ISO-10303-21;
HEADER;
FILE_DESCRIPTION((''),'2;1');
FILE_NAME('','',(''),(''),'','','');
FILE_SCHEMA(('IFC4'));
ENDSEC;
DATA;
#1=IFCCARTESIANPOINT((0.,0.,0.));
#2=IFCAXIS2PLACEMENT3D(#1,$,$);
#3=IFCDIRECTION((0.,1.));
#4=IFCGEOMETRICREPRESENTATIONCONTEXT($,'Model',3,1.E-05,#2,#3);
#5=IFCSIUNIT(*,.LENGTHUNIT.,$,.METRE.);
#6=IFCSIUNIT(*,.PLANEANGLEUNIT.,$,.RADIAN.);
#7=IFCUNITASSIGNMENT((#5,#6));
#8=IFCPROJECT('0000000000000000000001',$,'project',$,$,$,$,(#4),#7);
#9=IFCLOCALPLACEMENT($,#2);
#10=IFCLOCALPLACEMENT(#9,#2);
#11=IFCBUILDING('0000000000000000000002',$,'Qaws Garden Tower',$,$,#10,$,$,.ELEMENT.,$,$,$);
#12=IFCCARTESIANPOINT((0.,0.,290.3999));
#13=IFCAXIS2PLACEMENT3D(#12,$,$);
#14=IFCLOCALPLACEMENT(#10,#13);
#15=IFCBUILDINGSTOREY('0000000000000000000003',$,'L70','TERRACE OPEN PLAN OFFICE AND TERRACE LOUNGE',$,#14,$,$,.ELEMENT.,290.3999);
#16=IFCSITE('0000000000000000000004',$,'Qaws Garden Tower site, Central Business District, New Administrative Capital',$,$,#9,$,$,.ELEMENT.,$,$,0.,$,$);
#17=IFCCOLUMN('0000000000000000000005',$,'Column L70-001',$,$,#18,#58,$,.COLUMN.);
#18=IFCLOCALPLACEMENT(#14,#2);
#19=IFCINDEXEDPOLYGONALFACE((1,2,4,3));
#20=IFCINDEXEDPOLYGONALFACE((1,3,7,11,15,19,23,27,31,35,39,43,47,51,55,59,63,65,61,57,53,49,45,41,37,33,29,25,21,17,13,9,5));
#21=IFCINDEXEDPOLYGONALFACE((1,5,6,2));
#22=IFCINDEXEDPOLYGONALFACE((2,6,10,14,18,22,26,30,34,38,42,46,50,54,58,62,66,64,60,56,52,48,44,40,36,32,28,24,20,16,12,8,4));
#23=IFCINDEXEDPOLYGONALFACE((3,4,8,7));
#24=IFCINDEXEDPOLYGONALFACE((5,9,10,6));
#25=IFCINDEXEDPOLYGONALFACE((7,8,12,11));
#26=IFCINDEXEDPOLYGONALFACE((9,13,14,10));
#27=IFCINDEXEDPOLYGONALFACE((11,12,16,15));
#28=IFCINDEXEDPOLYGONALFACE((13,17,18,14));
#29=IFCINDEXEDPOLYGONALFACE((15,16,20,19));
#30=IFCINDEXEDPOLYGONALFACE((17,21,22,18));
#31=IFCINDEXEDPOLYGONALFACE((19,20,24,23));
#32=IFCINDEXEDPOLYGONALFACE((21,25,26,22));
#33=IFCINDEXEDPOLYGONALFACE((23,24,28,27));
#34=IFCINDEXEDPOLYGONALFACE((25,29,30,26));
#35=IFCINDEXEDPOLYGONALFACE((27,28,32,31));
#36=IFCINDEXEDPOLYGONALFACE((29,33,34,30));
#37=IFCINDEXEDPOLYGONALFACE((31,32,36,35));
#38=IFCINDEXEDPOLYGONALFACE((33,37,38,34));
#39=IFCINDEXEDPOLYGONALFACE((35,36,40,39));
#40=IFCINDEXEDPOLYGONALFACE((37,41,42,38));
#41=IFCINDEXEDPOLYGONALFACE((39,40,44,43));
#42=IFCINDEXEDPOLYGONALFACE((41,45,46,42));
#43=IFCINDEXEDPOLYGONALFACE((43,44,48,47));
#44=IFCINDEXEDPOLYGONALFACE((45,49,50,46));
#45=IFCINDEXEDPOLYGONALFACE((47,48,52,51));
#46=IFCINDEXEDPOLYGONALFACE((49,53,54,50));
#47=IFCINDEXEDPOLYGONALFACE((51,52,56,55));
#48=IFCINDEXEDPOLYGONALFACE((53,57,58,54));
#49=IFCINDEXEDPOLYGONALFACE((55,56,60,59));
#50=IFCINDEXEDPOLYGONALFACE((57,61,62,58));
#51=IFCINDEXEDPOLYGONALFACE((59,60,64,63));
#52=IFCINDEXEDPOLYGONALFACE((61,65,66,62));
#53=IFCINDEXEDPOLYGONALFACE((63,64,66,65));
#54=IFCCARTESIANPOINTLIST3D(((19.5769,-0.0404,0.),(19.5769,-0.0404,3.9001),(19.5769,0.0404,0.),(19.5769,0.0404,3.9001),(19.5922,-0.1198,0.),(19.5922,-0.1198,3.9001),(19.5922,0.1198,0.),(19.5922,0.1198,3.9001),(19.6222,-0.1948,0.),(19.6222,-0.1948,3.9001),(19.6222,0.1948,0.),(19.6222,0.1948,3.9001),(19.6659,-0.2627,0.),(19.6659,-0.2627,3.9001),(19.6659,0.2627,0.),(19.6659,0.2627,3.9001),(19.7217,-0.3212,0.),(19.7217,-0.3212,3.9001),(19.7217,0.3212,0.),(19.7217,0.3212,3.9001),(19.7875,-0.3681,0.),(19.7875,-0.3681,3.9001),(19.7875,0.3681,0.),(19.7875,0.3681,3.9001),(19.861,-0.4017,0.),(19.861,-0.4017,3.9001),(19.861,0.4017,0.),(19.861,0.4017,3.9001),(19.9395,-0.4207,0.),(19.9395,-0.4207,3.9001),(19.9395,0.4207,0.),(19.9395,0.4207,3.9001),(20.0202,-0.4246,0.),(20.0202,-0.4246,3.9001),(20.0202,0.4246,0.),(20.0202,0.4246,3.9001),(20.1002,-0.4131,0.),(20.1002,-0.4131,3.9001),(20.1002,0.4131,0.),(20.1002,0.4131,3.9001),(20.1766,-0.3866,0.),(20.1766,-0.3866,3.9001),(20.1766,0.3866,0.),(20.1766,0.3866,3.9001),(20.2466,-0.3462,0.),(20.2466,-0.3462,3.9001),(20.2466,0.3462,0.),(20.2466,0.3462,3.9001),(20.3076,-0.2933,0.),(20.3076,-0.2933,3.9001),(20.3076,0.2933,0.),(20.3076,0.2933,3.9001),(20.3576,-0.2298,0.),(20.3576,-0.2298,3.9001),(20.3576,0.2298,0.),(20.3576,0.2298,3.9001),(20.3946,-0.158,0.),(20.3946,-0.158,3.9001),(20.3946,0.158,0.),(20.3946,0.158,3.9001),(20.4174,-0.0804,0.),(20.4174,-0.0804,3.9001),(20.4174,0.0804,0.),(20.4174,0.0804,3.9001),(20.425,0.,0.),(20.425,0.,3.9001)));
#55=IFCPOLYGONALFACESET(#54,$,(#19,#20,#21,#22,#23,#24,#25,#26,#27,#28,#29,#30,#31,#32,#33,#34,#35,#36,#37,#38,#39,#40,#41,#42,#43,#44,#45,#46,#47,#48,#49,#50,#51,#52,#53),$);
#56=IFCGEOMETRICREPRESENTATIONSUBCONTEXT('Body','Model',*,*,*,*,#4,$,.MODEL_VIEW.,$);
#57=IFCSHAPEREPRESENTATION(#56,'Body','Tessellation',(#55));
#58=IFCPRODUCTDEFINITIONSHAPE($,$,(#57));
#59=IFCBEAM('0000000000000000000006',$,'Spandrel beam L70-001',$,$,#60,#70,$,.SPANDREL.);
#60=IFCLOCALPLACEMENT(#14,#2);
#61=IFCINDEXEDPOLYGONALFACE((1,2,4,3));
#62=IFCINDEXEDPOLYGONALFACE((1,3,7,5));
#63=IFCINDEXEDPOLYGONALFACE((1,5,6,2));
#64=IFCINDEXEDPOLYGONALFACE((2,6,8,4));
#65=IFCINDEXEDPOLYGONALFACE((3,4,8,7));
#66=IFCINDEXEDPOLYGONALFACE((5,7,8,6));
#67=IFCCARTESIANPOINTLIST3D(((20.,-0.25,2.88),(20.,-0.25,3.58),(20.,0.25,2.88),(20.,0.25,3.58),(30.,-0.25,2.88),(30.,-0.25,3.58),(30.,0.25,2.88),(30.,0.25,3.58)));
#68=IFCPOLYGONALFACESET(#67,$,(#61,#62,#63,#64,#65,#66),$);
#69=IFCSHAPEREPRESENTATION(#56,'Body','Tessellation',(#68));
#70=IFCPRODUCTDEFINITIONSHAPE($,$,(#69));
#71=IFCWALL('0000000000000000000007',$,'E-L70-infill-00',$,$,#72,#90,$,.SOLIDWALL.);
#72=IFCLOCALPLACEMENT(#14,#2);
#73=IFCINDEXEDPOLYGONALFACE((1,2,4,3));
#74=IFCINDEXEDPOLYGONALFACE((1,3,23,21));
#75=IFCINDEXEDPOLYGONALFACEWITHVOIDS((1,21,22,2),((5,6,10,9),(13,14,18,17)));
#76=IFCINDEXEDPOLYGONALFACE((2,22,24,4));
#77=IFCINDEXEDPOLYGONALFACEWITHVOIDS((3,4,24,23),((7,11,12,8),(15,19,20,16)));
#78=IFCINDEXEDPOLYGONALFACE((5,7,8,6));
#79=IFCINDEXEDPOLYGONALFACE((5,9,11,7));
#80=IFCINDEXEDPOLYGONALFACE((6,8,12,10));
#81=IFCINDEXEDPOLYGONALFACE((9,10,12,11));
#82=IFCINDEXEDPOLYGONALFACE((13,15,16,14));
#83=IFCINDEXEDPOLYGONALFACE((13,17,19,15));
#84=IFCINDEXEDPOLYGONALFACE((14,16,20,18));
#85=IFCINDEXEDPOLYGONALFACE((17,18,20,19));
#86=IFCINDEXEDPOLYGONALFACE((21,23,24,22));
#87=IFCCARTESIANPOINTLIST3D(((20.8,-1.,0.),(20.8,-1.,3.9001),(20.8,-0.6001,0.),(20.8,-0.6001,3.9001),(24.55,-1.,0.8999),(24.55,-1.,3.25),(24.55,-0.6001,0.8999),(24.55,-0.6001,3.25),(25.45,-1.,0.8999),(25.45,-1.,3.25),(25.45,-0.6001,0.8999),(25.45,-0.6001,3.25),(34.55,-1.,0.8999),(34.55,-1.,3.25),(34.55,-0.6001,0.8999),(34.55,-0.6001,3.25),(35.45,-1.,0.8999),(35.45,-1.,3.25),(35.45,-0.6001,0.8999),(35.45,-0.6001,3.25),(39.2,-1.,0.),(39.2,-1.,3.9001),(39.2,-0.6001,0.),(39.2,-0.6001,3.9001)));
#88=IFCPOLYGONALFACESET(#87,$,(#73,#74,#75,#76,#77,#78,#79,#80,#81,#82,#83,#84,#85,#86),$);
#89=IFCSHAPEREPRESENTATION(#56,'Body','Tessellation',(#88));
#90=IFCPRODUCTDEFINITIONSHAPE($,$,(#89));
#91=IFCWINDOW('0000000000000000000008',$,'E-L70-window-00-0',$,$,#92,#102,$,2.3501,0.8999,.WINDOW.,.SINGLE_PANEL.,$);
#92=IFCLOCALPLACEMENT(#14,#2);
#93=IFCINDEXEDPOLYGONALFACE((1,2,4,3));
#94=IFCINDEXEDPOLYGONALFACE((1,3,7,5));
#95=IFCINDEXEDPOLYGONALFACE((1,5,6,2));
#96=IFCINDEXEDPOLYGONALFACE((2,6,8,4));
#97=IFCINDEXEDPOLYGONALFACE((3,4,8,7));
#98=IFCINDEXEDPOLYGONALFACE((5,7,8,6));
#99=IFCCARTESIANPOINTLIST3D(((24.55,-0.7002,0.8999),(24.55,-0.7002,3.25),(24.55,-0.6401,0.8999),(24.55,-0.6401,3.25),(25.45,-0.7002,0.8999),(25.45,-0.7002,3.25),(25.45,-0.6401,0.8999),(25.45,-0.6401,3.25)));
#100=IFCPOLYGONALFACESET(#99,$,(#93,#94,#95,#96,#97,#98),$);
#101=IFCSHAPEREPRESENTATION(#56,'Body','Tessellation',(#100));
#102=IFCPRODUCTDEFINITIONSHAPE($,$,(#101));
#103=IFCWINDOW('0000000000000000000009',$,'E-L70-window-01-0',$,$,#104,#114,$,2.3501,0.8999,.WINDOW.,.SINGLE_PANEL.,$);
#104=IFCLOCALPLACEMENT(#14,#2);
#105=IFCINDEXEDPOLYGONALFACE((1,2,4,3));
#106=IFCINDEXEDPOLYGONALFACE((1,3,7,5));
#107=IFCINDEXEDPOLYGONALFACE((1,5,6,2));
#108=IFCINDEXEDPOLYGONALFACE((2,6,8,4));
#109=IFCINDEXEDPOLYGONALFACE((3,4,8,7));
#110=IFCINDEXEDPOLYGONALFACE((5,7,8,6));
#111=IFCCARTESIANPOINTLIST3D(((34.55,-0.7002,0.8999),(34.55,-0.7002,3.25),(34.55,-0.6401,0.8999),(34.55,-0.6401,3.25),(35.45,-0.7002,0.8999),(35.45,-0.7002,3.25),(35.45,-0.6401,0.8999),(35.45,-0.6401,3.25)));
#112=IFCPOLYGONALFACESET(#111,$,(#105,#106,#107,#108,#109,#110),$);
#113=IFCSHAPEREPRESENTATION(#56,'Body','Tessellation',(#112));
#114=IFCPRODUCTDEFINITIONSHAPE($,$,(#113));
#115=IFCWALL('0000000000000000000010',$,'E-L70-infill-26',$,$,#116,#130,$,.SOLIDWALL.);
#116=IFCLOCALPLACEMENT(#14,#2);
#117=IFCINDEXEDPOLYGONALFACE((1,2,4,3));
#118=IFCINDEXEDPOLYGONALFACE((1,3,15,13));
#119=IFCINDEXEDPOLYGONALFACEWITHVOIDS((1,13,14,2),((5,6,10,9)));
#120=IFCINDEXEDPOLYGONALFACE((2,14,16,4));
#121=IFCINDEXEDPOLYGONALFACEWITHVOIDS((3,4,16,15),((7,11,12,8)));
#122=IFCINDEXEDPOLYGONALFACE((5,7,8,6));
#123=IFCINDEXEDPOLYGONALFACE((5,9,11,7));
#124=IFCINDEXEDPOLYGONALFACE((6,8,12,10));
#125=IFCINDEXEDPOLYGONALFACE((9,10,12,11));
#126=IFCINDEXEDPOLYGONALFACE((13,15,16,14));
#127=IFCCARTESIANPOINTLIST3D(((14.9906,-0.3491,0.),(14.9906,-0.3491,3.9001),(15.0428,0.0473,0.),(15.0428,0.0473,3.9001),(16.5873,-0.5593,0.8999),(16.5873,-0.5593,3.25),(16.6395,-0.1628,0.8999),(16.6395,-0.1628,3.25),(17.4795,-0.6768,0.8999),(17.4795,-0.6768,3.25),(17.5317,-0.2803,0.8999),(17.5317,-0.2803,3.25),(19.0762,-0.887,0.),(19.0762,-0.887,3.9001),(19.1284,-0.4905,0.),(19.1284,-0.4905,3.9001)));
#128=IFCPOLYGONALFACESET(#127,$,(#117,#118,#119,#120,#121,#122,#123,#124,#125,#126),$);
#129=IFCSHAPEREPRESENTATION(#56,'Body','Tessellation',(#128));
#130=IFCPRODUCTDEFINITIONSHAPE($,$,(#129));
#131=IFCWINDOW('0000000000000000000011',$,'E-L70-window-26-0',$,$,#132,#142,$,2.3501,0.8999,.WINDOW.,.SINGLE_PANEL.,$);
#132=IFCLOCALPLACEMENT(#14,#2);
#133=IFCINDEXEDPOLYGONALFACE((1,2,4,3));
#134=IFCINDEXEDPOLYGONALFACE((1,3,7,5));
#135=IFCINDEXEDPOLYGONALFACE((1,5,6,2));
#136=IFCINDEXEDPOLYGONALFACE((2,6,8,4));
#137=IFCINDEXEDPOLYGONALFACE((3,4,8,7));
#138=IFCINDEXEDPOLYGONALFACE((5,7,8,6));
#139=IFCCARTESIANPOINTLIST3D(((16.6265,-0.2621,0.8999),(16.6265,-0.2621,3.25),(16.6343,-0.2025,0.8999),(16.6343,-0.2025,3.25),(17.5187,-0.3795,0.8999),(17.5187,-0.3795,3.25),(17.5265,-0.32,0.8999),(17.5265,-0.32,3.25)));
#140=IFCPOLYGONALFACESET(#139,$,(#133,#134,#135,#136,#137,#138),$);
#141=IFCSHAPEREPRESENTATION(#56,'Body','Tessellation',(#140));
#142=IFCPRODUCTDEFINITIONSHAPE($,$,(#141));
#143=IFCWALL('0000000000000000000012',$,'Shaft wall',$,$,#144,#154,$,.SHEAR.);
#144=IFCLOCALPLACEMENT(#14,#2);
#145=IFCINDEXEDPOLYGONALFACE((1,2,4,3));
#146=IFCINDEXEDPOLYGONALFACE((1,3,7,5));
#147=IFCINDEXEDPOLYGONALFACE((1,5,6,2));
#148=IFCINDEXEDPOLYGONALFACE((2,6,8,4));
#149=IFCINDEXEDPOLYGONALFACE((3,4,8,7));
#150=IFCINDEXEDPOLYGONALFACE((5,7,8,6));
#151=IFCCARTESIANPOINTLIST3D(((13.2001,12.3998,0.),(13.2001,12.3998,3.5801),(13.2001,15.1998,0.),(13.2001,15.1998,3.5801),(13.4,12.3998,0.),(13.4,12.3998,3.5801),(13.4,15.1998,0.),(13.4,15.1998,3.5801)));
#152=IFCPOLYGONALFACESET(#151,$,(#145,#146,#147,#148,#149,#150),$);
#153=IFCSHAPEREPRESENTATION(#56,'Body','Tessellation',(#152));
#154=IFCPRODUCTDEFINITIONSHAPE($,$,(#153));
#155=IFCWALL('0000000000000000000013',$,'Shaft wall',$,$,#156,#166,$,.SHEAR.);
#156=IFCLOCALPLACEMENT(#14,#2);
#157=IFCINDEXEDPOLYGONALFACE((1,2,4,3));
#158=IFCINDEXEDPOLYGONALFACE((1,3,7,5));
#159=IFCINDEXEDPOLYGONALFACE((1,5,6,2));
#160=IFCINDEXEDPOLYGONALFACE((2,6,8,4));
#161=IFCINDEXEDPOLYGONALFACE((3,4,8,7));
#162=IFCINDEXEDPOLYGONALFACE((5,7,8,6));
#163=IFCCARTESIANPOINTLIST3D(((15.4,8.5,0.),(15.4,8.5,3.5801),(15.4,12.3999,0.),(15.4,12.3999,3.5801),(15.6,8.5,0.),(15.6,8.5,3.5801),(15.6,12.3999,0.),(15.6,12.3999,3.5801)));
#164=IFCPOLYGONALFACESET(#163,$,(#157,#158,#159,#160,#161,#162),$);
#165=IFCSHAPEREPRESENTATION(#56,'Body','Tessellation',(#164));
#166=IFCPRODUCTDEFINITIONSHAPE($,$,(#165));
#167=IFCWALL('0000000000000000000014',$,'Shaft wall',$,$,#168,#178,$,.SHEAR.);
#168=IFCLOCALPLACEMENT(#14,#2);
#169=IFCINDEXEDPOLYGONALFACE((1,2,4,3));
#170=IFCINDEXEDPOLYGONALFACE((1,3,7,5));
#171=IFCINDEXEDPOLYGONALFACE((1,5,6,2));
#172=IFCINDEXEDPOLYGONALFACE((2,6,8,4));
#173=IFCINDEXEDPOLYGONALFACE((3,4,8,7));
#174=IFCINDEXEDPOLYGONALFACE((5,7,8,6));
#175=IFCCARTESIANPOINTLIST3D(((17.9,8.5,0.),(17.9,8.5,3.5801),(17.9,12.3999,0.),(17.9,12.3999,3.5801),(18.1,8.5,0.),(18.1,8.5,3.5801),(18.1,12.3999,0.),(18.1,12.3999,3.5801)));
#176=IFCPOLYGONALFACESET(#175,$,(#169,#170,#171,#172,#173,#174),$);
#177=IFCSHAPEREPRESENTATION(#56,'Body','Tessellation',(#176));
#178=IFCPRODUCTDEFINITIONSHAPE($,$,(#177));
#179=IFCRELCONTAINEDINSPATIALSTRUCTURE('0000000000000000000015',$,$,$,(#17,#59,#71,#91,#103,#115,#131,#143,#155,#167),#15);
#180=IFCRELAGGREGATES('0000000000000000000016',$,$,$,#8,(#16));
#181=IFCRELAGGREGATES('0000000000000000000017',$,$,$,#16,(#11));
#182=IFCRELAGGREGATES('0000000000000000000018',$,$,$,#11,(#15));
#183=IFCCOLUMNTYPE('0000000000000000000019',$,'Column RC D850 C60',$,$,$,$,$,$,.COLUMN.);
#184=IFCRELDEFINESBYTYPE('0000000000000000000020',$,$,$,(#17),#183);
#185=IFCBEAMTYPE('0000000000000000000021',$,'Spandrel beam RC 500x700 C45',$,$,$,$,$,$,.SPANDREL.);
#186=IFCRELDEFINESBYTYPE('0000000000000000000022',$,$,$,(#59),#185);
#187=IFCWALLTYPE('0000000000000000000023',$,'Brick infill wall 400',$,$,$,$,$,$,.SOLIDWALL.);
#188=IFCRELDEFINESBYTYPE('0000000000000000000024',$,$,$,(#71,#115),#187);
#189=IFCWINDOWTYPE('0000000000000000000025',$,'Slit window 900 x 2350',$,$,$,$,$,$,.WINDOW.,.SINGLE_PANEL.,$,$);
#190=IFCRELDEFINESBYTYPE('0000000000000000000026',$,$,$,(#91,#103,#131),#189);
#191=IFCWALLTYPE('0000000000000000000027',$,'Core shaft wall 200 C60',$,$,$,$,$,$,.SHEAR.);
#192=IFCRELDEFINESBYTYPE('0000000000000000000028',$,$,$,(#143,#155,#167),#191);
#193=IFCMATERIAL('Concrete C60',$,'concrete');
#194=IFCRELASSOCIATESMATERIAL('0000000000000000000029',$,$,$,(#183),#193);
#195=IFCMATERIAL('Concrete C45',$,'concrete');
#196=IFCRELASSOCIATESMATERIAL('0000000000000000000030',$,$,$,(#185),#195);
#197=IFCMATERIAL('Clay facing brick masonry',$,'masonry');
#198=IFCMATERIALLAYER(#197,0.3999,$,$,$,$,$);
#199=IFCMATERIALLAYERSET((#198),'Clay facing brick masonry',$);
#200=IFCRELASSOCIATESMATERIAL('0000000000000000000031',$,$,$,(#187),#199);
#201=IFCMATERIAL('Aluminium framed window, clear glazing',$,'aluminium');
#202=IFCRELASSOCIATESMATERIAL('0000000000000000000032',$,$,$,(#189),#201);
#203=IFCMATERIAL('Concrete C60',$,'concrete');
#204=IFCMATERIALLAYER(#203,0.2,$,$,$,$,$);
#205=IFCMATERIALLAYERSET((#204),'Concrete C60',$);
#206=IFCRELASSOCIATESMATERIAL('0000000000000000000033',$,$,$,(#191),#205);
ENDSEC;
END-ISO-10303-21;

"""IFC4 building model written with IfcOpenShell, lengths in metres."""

from ifc_helpers import new_model, si_unit, direction, frame, frame_2d, origin, origin_2d, place, context, subcontext, project, spatial, rectangle, circle, extrude, material, layer, layer_set, material_profile, profile_set, type_object, element, fill, save


model = new_model("IFC4")

# Units and contexts
model_context = context("Model", 3, precision=1e-05, world=origin(), true_north=direction((0.0, 1.0)))
body_context = subcontext(model_context, "Body", "Model", "MODEL_VIEW")
ifc_project = project(units=[si_unit("LENGTHUNIT", "METRE"), si_unit("PLANEANGLEUNIT", "RADIAN")], contexts=[model_context])

# Site, building, storey
site_placement = place(None, origin())
site = spatial("IfcSite", under=ifc_project, at=site_placement, Name="Qaws Garden Tower site, Central Business District, New Administrative Capital", CompositionType="ELEMENT", RefElevation=0.0)
building_placement = place(site_placement, origin())
building = spatial("IfcBuilding", under=site, at=building_placement, Name="Qaws Garden Tower", CompositionType="ELEMENT")
storey_placement = place(building_placement, frame((0.0, 0.0, 290.3999)))
storey = spatial("IfcBuildingStorey", under=building, at=storey_placement, Name="L70", Description="TERRACE OPEN PLAN OFFICE AND TERRACE LOUNGE", CompositionType="ELEMENT", Elevation=290.3999)

# Column
ifc_material_1 = material(Name="Concrete C60", Category="concrete")
ifc_material_profile_1 = material_profile(ifc_material_1, circle(Radius=0.425, at=origin_2d()), Name="RC D850")
ifc_profile_set_1 = profile_set([ifc_material_profile_1], Name="Concrete C60")
column_type = type_object("IfcColumnType", Name="Column RC D850 C60", PredefinedType="COLUMN", material=ifc_profile_set_1)
column_placement = place(storey_placement, frame((20.0, 0.0, 0.0), z_axis=(0.0, 0.0, 1.0), x_axis=(1.0, 0.0, 0.0)))
element("IfcColumn", 1, at=column_placement, inside=storey, type_object=column_type, Name="Column L70-001", PredefinedType="COLUMN", context=body_context, shape_type="SweptSolid", body=[
    extrude(circle(Radius=0.425, at=origin_2d()), origin(), (0.0, 0.0, 1.0), 3.9001),
])

# Beam
ifc_material_2 = material(Name="Concrete C45", Category="concrete")
ifc_material_profile_2 = material_profile(ifc_material_2, rectangle(XDim=0.5, YDim=0.7, at=origin_2d()), Name="RC 500x700")
ifc_profile_set_2 = profile_set([ifc_material_profile_2], Name="Concrete C45")
beam_type = type_object("IfcBeamType", Name="Spandrel beam RC 500x700 C45", PredefinedType="SPANDREL", material=ifc_profile_set_2)
beam_placement = place(storey_placement, frame((20.0, 0.0, 3.23), z_axis=(1.0, 0.0, 0.0), x_axis=(0.0, 1.0, 0.0)))
element("IfcBeam", 2, at=beam_placement, inside=storey, type_object=beam_type, Name="Spandrel beam L70-001", PredefinedType="SPANDREL", context=body_context, shape_type="SweptSolid", body=[
    extrude(rectangle(XDim=0.5, YDim=0.7, at=origin_2d()), origin(), (0.0, 0.0, 1.0), 10.0),
])

# Wall, openings, windows
ifc_material_3 = material(Name="Clay facing brick masonry", Category="masonry")
ifc_layer_1 = layer(ifc_material_3, 0.3999)
ifc_layer_set_1 = layer_set([ifc_layer_1], Name="Clay facing brick masonry")
wall_type_1 = type_object("IfcWallType", Name="Brick infill wall 400", PredefinedType="SOLIDWALL", material=ifc_layer_set_1)
wall_1_placement = place(storey_placement, frame((20.8, -0.8, 0.0), z_axis=(0.0, 0.0, 1.0), x_axis=(1.0, 0.0, 0.0)))
wall_1 = element("IfcWall", 3, at=wall_1_placement, inside=storey, type_object=wall_type_1, Name="E-L70-infill-00", PredefinedType="SOLIDWALL", context=body_context, shape_type="SweptSolid", body=[
    extrude(rectangle(XDim=18.3999, YDim=0.3999, at=frame_2d((9.2, 0.0))), origin(), (0.0, 0.0, 1.0), 3.9001),
])
opening_1_placement = place(wall_1_placement, frame((3.75, 0.0, 0.8999)))
opening_1 = element("IfcOpeningElement", 4, at=opening_1_placement, cuts=wall_1, PredefinedType="OPENING", context=body_context, shape_type="SweptSolid", body=[
    extrude(rectangle(XDim=0.8999, YDim=2.3501, at=frame_2d((0.45, 1.175))), frame((0.0, 0.21, 0.0), z_axis=(0.0, -1.0, 0.0), x_axis=(1.0, 0.0, 0.0)), (0.0, 0.0, 1.0), 0.4199),
])
opening_2_placement = place(wall_1_placement, frame((13.75, 0.0, 0.8999)))
opening_2 = element("IfcOpeningElement", 5, at=opening_2_placement, cuts=wall_1, PredefinedType="OPENING", context=body_context, shape_type="SweptSolid", body=[
    extrude(rectangle(XDim=0.8999, YDim=2.3501, at=frame_2d((0.45, 1.175))), frame((0.0, 0.21, 0.0), z_axis=(0.0, -1.0, 0.0), x_axis=(1.0, 0.0, 0.0)), (0.0, 0.0, 1.0), 0.4199),
])
ifc_material_4 = material(Name="Aluminium framed window, clear glazing", Category="aluminium")
window_type = type_object("IfcWindowType", Name="Slit window 900 x 2350", PartitioningType="SINGLE_PANEL", PredefinedType="WINDOW", material=ifc_material_4)
window_1_placement = place(opening_1_placement, origin())
window_1 = element("IfcWindow", 6, at=window_1_placement, inside=storey, type_object=window_type, Name="E-L70-window-00-0", OverallHeight=2.3501, OverallWidth=0.8999, PartitioningType="SINGLE_PANEL", PredefinedType="WINDOW", context=body_context, shape_type="SweptSolid", body=[
    extrude(rectangle(XDim=0.8999, YDim=2.3501, at=frame_2d((0.45, 1.175))), frame((0.0, 0.1599, 0.0), z_axis=(0.0, -1.0, 0.0), x_axis=(1.0, 0.0, 0.0)), (0.0, 0.0, 1.0), 0.0601),
])
fill(opening_1, window_1)
window_2_placement = place(opening_2_placement, origin())
window_2 = element("IfcWindow", 7, at=window_2_placement, inside=storey, type_object=window_type, Name="E-L70-window-01-0", OverallHeight=2.3501, OverallWidth=0.8999, PartitioningType="SINGLE_PANEL", PredefinedType="WINDOW", context=body_context, shape_type="SweptSolid", body=[
    extrude(rectangle(XDim=0.8999, YDim=2.3501, at=frame_2d((0.45, 1.175))), frame((0.0, 0.1599, 0.0), z_axis=(0.0, -1.0, 0.0), x_axis=(1.0, 0.0, 0.0)), (0.0, 0.0, 1.0), 0.0601),
])
fill(opening_2, window_2)

# Wall, opening, window
wall_2_placement = place(storey_placement, frame((15.0166, -0.1509, 0.0), z_axis=(0.0, 0.0, 1.0), x_axis=(0.991446, -0.130514, 0.0)))
wall_2 = element("IfcWall", 8, at=wall_2_placement, inside=storey, type_object=wall_type_1, Name="E-L70-infill-26", PredefinedType="SOLIDWALL", context=body_context, shape_type="SweptSolid", body=[
    extrude(rectangle(XDim=4.1208, YDim=0.3999, at=frame_2d((2.0605, 0.0))), origin(), (0.0, 0.0, 1.0), 3.9001),
])
opening_3_placement = place(wall_2_placement, frame((1.6106, 0.0, 0.8999)))
opening_3 = element("IfcOpeningElement", 9, at=opening_3_placement, cuts=wall_2, PredefinedType="OPENING", context=body_context, shape_type="SweptSolid", body=[
    extrude(rectangle(XDim=0.8999, YDim=2.3501, at=frame_2d((0.45, 1.175))), frame((0.0, 0.21, 0.0), z_axis=(0.0, -1.0, 0.0), x_axis=(1.0, 0.0, 0.0)), (0.0, 0.0, 1.0), 0.4199),
])
window_3_placement = place(opening_3_placement, origin())
window_3 = element("IfcWindow", 10, at=window_3_placement, inside=storey, type_object=window_type, Name="E-L70-window-26-0", OverallHeight=2.3501, OverallWidth=0.8999, PartitioningType="SINGLE_PANEL", PredefinedType="WINDOW", context=body_context, shape_type="SweptSolid", body=[
    extrude(rectangle(XDim=0.8999, YDim=2.3501, at=frame_2d((0.45, 1.175))), frame((0.0, 0.1599, 0.0), z_axis=(0.0, -1.0, 0.0), x_axis=(1.0, 0.0, 0.0)), (0.0, 0.0, 1.0), 0.0601),
])
fill(opening_3, window_3)

# Walls
ifc_material_5 = material(Name="Concrete C60", Category="concrete")
ifc_layer_2 = layer(ifc_material_5, 0.2)
ifc_layer_set_2 = layer_set([ifc_layer_2], Name="Concrete C60")
wall_type_2 = type_object("IfcWallType", Name="Core shaft wall 200 C60", PredefinedType="SHEAR", material=ifc_layer_set_2)
wall_3_placement = place(storey_placement, frame((13.3, 12.3999, 0.0), z_axis=(0.0, 0.0, 1.0), x_axis=(0.0, 1.0, 0.0)))
element("IfcWall", 11, at=wall_3_placement, inside=storey, type_object=wall_type_2, Name="Shaft wall", PredefinedType="SHEAR", context=body_context, shape_type="SweptSolid", body=[
    extrude(rectangle(XDim=2.8, YDim=0.2, at=frame_2d((1.3999, 0.0))), origin(), (0.0, 0.0, 1.0), 3.5801),
])
for number, where, z_axis, x_axis, name in (
    (12, (15.5, 8.5, 0.0), (0.0, 0.0, 1.0), (0.0, 1.0, 0.0), "Shaft wall"),
    (13, (18.0, 8.5, 0.0), (0.0, 0.0, 1.0), (0.0, 1.0, 0.0), "Shaft wall"),
):
    element("IfcWall", number, at=place(storey_placement, frame(where, z_axis=z_axis, x_axis=x_axis)), inside=storey, type_object=wall_type_2, Name=name, PredefinedType="SHEAR", context=body_context, shape_type="SweptSolid", body=[
        extrude(rectangle(XDim=3.8999, YDim=0.2, at=frame_2d((1.95, 0.0))), origin(), (0.0, 0.0, 1.0), 3.5801),
    ])

save(model, "model.ifc")
